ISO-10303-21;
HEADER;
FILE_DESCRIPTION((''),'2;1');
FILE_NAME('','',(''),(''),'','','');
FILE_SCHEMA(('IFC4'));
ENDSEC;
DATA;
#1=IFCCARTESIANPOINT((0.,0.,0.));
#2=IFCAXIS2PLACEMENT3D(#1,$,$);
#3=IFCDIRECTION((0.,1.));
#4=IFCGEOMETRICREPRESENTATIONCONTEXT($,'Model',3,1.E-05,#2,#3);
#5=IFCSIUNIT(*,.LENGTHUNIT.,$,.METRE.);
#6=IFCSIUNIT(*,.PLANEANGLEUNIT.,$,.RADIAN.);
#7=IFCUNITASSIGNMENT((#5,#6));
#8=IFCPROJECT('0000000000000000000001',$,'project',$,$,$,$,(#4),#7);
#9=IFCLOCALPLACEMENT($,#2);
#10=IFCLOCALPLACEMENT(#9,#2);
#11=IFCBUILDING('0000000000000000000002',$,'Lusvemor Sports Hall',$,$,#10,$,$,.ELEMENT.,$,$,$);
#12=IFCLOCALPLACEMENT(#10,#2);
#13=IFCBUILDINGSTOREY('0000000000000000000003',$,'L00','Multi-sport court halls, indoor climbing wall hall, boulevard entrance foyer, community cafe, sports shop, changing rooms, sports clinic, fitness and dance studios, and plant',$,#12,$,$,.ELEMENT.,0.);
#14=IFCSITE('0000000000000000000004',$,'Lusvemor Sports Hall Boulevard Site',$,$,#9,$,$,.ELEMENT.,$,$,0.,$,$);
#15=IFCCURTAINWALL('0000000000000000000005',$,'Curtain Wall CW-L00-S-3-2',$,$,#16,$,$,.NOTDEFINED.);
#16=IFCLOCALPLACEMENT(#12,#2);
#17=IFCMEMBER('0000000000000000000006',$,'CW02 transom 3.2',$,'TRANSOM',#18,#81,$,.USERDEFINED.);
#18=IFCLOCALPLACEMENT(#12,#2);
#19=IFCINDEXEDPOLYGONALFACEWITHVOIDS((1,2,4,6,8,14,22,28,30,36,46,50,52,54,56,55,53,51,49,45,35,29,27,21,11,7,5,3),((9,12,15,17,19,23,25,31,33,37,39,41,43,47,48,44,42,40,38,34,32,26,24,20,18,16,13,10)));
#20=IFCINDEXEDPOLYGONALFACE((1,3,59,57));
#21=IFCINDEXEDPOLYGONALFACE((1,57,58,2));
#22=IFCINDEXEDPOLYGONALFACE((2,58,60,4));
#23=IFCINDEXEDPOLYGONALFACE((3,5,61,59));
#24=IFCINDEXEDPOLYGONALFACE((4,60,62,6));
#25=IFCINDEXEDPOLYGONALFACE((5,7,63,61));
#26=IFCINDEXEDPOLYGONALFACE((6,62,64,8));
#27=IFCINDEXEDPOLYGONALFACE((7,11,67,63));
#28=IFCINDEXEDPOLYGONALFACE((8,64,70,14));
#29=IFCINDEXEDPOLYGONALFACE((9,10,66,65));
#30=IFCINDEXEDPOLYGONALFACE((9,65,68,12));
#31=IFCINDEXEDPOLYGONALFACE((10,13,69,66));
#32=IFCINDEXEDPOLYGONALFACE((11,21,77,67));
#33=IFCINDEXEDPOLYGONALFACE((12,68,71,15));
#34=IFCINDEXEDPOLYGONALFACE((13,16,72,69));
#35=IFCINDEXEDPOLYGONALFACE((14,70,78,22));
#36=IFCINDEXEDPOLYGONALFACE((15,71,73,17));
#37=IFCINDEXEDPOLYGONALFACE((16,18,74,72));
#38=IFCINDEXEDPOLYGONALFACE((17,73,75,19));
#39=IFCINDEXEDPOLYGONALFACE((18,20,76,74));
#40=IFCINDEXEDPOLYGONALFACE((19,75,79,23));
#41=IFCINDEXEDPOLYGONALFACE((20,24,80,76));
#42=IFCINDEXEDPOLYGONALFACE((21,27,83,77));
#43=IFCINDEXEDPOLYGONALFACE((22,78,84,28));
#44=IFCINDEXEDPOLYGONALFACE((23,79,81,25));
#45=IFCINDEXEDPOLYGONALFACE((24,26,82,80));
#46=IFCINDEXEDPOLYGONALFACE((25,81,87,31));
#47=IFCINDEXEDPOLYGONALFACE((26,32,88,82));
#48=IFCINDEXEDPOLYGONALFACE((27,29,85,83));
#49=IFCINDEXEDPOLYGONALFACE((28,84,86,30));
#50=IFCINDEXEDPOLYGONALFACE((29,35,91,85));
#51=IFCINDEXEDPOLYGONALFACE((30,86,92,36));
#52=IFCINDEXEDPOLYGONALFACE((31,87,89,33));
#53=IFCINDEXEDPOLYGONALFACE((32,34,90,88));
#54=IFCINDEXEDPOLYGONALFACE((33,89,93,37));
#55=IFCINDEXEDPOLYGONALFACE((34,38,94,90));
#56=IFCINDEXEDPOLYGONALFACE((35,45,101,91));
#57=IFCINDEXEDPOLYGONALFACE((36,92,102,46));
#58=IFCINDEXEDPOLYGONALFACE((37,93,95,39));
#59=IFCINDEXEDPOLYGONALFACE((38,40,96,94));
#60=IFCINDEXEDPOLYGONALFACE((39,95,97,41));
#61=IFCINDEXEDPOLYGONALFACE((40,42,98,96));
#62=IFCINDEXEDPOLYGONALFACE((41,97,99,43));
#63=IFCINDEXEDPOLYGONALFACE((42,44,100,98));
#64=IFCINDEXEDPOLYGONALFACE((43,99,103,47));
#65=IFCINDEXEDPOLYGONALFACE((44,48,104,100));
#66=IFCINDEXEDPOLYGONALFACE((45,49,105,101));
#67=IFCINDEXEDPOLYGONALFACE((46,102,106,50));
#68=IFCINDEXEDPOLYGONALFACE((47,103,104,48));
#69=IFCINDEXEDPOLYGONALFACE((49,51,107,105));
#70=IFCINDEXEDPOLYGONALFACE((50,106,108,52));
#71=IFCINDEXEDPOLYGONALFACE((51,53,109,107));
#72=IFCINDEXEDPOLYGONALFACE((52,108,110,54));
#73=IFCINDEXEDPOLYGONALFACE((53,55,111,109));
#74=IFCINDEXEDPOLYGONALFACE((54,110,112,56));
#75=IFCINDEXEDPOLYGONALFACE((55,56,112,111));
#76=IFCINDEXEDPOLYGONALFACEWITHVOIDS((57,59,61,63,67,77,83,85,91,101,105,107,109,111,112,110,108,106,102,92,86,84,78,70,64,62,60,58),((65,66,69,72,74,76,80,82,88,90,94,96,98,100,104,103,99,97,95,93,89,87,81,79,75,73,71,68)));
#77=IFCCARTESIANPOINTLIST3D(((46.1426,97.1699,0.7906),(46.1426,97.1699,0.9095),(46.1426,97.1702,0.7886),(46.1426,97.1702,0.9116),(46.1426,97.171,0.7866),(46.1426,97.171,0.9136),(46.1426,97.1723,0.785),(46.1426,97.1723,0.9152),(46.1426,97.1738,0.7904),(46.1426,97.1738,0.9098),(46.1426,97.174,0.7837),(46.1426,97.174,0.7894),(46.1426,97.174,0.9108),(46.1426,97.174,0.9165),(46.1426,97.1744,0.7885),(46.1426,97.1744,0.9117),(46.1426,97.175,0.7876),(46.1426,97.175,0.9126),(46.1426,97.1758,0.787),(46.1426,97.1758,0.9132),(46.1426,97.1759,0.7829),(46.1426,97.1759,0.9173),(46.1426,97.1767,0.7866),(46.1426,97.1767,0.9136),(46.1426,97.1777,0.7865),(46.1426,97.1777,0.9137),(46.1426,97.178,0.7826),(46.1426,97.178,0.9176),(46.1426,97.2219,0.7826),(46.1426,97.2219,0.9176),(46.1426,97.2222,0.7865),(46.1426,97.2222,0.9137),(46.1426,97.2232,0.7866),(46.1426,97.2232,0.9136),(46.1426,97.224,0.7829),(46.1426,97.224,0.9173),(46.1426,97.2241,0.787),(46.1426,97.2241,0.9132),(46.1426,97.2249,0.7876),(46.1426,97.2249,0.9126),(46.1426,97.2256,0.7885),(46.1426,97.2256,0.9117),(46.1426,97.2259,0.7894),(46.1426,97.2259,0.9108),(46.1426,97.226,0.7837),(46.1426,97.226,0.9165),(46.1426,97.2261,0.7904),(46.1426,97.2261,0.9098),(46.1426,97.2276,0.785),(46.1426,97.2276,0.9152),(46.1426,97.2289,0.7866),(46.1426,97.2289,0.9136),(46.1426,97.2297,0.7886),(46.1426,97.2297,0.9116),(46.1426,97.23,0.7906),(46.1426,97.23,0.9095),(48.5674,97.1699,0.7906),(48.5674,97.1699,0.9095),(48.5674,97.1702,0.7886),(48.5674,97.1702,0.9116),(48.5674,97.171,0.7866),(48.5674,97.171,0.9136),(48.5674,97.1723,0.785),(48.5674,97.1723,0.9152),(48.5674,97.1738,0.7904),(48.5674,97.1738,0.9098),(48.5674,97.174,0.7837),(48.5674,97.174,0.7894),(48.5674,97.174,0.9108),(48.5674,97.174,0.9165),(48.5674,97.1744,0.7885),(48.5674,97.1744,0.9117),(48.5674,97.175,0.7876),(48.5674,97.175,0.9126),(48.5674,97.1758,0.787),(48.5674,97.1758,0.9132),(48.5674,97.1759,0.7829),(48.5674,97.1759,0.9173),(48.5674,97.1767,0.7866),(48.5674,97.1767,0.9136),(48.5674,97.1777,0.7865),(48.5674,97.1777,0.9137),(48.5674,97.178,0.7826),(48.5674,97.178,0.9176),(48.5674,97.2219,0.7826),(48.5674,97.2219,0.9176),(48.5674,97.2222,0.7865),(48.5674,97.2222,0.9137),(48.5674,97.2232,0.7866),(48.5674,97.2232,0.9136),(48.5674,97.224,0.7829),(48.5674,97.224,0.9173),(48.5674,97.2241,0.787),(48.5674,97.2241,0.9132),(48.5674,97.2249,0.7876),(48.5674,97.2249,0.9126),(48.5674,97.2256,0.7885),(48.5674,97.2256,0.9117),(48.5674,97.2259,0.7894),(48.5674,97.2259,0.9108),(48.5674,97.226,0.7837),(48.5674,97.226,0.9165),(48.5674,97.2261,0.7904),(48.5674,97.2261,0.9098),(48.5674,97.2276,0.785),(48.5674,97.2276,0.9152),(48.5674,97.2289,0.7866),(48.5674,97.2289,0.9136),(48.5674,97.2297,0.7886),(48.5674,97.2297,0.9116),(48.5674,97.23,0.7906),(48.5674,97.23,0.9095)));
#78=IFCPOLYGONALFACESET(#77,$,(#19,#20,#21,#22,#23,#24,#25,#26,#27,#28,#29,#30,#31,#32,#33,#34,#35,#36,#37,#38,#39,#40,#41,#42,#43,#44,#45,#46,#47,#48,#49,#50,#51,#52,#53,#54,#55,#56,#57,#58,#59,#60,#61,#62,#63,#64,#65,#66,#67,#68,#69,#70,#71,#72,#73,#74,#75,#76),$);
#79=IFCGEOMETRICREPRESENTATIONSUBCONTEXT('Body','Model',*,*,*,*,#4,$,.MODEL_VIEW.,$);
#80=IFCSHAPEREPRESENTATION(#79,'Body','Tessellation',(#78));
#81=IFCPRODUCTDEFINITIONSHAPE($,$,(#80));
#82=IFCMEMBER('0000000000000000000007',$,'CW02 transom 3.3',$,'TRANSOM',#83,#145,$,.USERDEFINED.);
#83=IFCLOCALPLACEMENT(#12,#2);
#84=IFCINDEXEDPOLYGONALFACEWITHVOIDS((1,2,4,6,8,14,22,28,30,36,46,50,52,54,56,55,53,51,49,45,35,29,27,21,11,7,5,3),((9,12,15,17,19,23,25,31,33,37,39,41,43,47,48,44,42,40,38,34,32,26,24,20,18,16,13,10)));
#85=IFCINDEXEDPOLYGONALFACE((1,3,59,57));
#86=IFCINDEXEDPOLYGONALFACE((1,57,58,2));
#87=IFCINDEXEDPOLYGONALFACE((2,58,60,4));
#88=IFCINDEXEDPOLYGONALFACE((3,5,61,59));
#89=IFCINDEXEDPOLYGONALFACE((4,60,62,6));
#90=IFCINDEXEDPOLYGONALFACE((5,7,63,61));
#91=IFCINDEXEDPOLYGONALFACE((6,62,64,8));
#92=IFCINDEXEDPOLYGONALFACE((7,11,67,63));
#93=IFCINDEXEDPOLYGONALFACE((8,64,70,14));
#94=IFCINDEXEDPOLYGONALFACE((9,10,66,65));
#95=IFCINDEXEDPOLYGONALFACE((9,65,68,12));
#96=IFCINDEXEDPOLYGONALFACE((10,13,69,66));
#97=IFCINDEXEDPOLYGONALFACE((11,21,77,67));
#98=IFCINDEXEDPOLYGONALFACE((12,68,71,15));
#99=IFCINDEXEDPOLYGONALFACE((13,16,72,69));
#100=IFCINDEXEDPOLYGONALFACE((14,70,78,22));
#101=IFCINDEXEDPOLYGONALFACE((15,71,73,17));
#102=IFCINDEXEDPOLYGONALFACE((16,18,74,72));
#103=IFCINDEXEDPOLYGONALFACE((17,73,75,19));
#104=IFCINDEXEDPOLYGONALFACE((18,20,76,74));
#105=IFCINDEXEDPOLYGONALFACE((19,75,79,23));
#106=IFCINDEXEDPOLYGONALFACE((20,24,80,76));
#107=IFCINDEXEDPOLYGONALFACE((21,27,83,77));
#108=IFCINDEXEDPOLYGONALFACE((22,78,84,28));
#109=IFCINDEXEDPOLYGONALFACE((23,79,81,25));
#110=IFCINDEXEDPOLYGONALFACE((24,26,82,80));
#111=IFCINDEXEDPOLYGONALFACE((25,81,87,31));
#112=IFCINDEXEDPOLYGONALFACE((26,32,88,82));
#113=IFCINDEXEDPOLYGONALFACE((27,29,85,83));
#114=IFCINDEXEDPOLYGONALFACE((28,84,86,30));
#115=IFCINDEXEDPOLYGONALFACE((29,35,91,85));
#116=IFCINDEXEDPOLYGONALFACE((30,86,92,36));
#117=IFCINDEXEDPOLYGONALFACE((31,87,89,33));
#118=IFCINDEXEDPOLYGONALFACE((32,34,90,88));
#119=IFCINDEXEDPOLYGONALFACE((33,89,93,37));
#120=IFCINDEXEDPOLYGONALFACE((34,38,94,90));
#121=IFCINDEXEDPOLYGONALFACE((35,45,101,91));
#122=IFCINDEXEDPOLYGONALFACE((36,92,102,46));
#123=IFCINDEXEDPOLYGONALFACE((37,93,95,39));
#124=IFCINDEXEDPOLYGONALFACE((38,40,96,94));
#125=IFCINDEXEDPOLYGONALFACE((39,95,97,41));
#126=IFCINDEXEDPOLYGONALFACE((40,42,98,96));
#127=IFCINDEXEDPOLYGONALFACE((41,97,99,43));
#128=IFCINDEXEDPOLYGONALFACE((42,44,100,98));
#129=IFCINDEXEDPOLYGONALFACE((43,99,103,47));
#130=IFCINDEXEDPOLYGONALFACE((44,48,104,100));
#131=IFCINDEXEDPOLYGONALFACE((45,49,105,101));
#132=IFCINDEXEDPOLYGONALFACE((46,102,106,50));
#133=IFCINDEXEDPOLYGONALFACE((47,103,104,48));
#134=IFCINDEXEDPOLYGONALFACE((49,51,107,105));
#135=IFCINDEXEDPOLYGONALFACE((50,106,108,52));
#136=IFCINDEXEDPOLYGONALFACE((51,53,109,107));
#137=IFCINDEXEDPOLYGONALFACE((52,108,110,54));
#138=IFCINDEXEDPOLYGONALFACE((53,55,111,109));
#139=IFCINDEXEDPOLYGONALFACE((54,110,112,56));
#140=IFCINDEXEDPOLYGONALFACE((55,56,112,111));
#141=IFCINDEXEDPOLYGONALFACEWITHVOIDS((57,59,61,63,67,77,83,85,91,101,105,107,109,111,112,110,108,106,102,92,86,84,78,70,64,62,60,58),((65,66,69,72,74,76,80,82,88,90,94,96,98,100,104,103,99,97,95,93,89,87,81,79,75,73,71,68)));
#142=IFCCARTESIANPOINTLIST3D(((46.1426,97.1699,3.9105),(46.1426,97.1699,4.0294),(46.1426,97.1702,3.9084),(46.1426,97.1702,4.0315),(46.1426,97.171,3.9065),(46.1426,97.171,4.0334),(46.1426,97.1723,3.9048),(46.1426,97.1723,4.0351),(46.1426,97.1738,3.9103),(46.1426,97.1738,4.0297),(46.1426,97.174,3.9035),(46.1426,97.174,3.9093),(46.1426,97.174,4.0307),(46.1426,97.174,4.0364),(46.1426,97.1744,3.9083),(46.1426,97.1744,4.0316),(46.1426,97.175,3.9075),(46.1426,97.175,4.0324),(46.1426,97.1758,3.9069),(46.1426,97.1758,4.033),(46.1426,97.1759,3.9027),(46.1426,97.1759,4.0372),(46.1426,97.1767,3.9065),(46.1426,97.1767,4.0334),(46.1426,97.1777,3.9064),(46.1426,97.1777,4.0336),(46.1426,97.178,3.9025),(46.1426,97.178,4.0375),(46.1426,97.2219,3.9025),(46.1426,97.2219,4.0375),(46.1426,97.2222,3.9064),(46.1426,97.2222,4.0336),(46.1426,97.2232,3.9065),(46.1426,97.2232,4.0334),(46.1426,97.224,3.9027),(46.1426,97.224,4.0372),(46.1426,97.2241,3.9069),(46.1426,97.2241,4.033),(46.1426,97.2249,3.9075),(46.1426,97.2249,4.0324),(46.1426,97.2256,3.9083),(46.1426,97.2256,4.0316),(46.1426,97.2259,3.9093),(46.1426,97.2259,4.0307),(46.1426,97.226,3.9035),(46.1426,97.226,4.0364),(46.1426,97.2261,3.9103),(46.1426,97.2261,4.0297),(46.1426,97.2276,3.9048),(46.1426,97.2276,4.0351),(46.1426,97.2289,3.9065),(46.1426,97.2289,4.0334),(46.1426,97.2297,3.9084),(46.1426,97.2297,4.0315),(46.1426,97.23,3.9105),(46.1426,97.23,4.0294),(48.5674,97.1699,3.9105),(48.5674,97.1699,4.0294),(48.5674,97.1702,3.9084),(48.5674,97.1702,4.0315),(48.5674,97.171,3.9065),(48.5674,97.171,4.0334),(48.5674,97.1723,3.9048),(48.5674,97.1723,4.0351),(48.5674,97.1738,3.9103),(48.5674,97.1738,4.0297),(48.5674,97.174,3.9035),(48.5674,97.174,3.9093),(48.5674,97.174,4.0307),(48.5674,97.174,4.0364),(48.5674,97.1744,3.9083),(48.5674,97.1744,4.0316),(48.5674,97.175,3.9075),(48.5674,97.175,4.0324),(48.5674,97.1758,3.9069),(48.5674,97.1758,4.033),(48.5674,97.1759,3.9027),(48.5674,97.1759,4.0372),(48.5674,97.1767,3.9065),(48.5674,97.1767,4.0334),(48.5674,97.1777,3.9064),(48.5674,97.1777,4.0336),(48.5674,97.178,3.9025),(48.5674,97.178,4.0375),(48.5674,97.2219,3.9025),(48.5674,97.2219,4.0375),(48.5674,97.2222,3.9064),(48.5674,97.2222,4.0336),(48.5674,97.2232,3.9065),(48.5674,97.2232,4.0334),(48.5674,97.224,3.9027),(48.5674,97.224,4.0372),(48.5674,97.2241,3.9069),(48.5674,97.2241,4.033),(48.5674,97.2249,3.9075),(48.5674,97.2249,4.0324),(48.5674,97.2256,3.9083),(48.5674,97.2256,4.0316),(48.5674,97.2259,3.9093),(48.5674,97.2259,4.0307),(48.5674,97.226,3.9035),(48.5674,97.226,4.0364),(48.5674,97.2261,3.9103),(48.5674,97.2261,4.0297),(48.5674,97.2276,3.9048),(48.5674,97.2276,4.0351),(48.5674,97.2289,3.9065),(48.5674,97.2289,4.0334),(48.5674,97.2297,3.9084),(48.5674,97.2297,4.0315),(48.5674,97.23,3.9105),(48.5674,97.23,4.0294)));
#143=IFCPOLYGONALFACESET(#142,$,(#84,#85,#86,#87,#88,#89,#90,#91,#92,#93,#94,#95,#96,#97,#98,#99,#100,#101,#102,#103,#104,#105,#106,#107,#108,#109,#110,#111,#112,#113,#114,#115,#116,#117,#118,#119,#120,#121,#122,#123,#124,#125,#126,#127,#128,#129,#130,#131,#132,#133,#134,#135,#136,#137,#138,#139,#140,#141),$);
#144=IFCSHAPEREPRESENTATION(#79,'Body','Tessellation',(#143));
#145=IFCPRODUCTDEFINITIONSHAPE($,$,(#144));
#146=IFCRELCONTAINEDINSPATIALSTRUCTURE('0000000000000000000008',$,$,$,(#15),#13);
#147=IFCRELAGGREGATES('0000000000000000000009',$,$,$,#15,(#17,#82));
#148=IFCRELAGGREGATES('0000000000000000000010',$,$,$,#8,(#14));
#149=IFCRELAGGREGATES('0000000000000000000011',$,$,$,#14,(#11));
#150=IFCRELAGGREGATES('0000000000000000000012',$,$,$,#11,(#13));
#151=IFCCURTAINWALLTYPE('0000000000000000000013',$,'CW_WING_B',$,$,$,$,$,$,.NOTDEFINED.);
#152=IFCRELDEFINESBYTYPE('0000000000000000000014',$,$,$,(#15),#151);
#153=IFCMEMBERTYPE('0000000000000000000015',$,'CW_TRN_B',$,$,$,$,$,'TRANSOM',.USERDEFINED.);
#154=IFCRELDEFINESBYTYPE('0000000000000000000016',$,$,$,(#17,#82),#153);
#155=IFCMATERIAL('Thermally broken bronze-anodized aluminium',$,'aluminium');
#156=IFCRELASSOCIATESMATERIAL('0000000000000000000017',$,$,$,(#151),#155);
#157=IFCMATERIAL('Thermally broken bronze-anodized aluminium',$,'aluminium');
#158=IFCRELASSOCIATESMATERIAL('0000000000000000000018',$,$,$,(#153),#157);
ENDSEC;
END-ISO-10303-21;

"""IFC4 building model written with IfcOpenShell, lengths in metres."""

from ifc_helpers import new_model, si_unit, direction, frame, origin, origin_2d, place, context, subcontext, project, spatial, hollow_rectangle, extrude, material, material_profile, profile_set, type_object, element, aggregate, save


model = new_model("IFC4")

# Units and contexts
model_context = context("Model", 3, precision=1e-05, world=origin(), true_north=direction((0.0, 1.0)))
body_context = subcontext(model_context, "Body", "Model", "MODEL_VIEW")
ifc_project = project(units=[si_unit("LENGTHUNIT", "METRE"), si_unit("PLANEANGLEUNIT", "RADIAN")], contexts=[model_context])

# Site, building, storey
site_placement = place(None, origin())
site = spatial("IfcSite", under=ifc_project, at=site_placement, Name="Lusvemor Sports Hall Boulevard Site", CompositionType="ELEMENT", RefElevation=0.0)
building_placement = place(site_placement, origin())
building = spatial("IfcBuilding", under=site, at=building_placement, Name="Lusvemor Sports Hall", CompositionType="ELEMENT")
storey_placement = place(building_placement, origin())
storey = spatial("IfcBuildingStorey", under=building, at=storey_placement, Name="L00", Description="Multi-sport court halls, indoor climbing wall hall, boulevard entrance foyer, community cafe, sports shop, changing rooms, sports clinic, fitness and dance studios, and plant", CompositionType="ELEMENT", Elevation=0.0)

# Curtain wall
ifc_material_1 = material(Name="Thermally broken bronze-anodized aluminium", Category="aluminium")
curtain_wall_type = type_object("IfcCurtainWallType", Name="CW_WING_B", PredefinedType="NOTDEFINED", material=ifc_material_1)
curtain_wall_1_placement = place(storey_placement, origin())
curtain_wall_1 = element("IfcCurtainWall", 1, at=curtain_wall_1_placement, inside=storey, type_object=curtain_wall_type, Name="Curtain Wall CW-L00-S-3-2", PredefinedType="NOTDEFINED")

# Members
ifc_material_2 = material(Name="Thermally broken bronze-anodized aluminium", Category="aluminium")
ifc_material_profile_1 = material_profile(ifc_material_2, hollow_rectangle(XDim=0.0601, YDim=0.135, WallThickness=0.0039, InnerFilletRadius=0.0039, OuterFilletRadius=0.0081, at=origin_2d()), Name="CWTRN135x60x4")
ifc_profile_set_1 = profile_set([ifc_material_profile_1], Name="Thermally broken bronze-anodized aluminium")
member_type_1 = type_object("IfcMemberType", Name="CW_TRN_B", ElementType="TRANSOM", PredefinedType="USERDEFINED", material=ifc_profile_set_1)
member_1_placement = place(storey_placement, frame((48.5674, 97.2, 0.8501), z_axis=(-1.0, 0.0, 0.0), x_axis=(0.0, -1.0, 0.0)))
member_1 = element("IfcMember", 2, at=member_1_placement, type_object=member_type_1, Name="CW02 transom 3.2", ObjectType="TRANSOM", PredefinedType="USERDEFINED", context=body_context, shape_type="SweptSolid", body=[
    extrude(hollow_rectangle(XDim=0.0601, YDim=0.135, WallThickness=0.0039, InnerFilletRadius=0.0039, OuterFilletRadius=0.0081, at=origin_2d()), origin(), (0.0, 0.0, 1.0), 2.4248),
])
member_2_placement = place(storey_placement, frame((48.5674, 97.2, 3.97), z_axis=(-1.0, 0.0, 0.0), x_axis=(0.0, -1.0, 0.0)))
member_2 = element("IfcMember", 3, at=member_2_placement, type_object=member_type_1, Name="CW02 transom 3.3", ObjectType="TRANSOM", PredefinedType="USERDEFINED", context=body_context, shape_type="SweptSolid", body=[
    extrude(hollow_rectangle(XDim=0.0601, YDim=0.135, WallThickness=0.0039, InnerFilletRadius=0.0039, OuterFilletRadius=0.0081, at=origin_2d()), origin(), (0.0, 0.0, 1.0), 2.4248),
])

aggregate(curtain_wall_1, [member_1, member_2])

save(model, "model.ifc")
